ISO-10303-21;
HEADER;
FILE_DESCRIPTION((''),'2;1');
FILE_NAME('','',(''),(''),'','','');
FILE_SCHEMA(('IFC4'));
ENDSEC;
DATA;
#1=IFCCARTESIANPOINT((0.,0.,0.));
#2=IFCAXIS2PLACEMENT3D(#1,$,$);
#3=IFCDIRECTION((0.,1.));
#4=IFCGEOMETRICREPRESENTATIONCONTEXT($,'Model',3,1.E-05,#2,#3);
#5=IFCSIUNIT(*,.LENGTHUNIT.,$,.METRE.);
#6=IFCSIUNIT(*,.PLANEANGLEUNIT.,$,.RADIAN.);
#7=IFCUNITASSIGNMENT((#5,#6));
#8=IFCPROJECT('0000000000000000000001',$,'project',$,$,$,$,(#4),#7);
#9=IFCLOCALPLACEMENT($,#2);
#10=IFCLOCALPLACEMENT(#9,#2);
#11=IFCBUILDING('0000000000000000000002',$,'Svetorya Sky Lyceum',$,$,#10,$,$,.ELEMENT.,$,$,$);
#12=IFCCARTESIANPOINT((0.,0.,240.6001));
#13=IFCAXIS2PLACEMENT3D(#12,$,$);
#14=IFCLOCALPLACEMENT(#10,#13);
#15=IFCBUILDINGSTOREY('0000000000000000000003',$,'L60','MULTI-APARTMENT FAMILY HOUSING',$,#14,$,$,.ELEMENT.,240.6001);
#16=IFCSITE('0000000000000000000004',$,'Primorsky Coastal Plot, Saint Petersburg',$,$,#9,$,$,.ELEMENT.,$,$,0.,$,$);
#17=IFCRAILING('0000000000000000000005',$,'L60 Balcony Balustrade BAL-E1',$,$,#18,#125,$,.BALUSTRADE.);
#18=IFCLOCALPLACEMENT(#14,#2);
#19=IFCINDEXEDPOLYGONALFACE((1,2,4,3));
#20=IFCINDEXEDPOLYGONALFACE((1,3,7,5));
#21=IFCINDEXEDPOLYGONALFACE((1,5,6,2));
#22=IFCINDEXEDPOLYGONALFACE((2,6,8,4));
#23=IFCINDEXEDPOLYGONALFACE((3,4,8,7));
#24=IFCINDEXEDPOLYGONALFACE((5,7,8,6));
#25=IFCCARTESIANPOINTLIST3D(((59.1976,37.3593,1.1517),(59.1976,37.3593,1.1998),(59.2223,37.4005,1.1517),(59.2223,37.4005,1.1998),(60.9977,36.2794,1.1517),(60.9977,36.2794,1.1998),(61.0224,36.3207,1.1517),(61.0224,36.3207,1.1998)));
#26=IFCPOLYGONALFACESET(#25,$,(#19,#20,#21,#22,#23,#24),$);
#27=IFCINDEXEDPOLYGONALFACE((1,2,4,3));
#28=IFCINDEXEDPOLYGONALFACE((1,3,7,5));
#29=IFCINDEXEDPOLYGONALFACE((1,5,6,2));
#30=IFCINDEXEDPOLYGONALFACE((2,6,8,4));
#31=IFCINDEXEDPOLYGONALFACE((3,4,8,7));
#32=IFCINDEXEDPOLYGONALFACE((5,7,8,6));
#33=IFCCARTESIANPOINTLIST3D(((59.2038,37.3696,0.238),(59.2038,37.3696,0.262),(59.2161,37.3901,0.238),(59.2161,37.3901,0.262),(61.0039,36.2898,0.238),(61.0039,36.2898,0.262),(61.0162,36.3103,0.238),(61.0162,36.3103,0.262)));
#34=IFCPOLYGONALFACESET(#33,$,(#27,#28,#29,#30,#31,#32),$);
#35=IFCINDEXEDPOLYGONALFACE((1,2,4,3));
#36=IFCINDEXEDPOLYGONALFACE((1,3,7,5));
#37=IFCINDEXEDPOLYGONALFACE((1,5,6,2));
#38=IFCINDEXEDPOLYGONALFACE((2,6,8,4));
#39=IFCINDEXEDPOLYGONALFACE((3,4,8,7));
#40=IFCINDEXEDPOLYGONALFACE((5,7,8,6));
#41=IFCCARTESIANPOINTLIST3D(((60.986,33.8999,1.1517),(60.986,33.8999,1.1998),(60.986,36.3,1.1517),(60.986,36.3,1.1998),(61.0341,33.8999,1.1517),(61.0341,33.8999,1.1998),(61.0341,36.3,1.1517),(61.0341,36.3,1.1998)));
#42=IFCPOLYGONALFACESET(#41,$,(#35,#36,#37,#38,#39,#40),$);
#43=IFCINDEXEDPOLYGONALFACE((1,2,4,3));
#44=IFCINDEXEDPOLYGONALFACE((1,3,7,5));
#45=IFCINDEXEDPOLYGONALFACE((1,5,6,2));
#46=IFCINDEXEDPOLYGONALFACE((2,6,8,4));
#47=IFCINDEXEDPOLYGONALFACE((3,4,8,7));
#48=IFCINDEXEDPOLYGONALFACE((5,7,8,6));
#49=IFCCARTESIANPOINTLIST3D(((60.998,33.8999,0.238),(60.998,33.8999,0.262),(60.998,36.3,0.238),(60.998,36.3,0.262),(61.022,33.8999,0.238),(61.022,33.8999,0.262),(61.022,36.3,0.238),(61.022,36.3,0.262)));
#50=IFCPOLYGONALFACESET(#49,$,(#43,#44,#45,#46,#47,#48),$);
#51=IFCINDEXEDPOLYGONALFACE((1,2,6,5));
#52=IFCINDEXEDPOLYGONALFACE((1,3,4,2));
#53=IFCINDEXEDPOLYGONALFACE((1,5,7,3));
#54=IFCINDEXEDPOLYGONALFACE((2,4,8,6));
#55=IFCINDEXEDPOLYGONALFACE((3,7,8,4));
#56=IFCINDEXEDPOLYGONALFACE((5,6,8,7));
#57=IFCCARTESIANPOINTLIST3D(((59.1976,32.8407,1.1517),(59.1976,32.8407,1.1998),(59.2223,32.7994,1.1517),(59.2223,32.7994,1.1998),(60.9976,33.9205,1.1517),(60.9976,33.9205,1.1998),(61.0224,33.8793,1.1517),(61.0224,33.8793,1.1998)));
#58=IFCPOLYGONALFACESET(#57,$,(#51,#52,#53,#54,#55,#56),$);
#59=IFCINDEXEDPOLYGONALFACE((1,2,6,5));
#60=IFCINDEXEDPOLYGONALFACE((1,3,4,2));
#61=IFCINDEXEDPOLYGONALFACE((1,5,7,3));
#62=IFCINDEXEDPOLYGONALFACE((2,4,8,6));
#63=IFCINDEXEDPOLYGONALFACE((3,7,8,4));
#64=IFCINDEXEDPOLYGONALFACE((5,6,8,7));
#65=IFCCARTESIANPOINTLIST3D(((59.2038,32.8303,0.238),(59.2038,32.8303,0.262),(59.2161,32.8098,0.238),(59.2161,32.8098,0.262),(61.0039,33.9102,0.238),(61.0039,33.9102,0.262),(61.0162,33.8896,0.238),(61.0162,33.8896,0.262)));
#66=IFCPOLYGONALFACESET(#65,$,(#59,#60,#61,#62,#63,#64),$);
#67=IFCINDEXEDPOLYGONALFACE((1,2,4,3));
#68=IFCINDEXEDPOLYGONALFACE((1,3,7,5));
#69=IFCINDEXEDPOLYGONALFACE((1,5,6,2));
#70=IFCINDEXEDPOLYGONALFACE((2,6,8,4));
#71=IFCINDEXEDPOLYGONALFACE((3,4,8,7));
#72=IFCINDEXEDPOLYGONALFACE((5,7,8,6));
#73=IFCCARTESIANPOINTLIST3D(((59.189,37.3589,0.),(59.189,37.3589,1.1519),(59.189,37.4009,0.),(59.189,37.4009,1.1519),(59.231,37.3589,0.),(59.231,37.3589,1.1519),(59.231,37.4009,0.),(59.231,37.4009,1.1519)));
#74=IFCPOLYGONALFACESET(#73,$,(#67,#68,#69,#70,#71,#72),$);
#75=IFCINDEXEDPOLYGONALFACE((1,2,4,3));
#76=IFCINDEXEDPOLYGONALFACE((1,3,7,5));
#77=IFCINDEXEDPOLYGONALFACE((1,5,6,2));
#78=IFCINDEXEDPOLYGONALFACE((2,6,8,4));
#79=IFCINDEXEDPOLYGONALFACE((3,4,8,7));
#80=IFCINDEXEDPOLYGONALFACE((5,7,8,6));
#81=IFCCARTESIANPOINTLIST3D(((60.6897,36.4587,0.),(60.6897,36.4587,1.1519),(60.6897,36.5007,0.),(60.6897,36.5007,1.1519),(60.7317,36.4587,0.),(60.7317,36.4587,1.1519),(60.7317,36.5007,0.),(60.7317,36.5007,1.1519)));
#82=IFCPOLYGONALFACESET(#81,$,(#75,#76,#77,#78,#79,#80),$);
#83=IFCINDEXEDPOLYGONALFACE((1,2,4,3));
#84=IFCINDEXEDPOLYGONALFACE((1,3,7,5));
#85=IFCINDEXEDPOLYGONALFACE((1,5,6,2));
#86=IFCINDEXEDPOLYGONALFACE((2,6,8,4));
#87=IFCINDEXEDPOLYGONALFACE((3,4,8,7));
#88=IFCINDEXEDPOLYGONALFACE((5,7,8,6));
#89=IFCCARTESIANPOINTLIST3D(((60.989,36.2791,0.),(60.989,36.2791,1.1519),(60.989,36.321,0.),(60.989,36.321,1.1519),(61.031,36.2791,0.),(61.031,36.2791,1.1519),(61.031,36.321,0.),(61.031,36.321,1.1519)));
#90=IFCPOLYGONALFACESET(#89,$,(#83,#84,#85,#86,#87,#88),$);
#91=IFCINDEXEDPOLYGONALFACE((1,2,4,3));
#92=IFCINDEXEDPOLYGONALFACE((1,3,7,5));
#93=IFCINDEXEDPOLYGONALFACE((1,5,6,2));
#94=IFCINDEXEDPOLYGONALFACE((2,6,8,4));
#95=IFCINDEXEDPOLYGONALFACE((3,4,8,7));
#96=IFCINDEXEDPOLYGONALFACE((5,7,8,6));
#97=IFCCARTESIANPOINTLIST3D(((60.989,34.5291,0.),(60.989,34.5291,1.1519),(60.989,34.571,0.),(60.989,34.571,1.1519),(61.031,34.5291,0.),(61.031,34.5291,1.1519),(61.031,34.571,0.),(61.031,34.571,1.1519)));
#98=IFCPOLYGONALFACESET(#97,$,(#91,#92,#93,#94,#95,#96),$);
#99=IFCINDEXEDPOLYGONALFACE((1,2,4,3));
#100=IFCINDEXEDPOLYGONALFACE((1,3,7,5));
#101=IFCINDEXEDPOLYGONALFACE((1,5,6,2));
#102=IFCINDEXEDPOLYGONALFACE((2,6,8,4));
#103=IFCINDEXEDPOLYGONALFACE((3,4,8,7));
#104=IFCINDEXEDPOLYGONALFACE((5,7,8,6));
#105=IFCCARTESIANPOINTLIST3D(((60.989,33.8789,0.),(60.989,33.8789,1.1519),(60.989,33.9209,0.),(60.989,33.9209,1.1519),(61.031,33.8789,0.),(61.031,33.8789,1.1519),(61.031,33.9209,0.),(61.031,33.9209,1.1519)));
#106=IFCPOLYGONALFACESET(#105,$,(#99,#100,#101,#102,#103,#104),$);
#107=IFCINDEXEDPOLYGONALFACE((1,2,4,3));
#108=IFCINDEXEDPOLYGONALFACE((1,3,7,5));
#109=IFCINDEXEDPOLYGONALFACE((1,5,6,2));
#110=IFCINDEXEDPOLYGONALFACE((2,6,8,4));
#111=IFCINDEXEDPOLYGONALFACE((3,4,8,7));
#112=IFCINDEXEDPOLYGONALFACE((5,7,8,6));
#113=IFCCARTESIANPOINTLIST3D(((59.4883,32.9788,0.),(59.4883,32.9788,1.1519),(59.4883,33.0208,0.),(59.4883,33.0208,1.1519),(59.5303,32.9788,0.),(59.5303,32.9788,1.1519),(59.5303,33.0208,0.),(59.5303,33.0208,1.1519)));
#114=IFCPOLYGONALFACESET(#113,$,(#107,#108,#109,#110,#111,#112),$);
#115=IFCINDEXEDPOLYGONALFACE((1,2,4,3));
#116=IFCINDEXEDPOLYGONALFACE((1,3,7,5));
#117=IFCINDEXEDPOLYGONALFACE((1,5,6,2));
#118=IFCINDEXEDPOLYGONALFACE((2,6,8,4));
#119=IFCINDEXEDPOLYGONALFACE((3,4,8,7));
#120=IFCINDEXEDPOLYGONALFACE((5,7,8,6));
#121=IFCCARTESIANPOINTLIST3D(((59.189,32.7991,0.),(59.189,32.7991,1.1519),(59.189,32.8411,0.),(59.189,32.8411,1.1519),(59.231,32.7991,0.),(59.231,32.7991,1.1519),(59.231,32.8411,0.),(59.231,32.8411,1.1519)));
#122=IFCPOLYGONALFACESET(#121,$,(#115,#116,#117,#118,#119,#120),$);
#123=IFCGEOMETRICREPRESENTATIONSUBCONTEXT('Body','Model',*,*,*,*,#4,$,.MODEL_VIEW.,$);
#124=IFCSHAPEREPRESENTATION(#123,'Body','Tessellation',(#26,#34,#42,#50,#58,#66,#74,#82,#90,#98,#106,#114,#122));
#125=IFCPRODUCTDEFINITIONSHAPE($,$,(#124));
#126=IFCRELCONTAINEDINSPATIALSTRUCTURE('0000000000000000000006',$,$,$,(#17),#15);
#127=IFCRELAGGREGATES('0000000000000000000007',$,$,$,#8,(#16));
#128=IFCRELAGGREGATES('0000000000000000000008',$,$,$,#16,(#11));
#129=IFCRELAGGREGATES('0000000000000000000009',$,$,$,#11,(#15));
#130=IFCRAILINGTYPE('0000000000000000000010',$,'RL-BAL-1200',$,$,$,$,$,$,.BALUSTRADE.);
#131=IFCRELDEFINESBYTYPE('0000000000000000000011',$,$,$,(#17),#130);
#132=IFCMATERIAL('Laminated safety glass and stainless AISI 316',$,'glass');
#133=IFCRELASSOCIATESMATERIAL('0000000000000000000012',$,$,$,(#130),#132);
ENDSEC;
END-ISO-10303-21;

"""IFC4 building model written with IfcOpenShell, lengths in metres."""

from ifc_helpers import new_model, si_unit, direction, frame, origin, origin_2d, place, context, subcontext, project, spatial, rectangle, extrude, material, type_object, element, save


model = new_model("IFC4")

# Units and contexts
model_context = context("Model", 3, precision=1e-05, world=origin(), true_north=direction((0.0, 1.0)))
body_context = subcontext(model_context, "Body", "Model", "MODEL_VIEW")
ifc_project = project(units=[si_unit("LENGTHUNIT", "METRE"), si_unit("PLANEANGLEUNIT", "RADIAN")], contexts=[model_context])

# Site, building, storey
site_placement = place(None, origin())
site = spatial("IfcSite", under=ifc_project, at=site_placement, Name="Primorsky Coastal Plot, Saint Petersburg", CompositionType="ELEMENT", RefElevation=0.0)
building_placement = place(site_placement, origin())
building = spatial("IfcBuilding", under=site, at=building_placement, Name="Svetorya Sky Lyceum", CompositionType="ELEMENT")
storey_placement = place(building_placement, frame((0.0, 0.0, 240.6001)))
storey = spatial("IfcBuildingStorey", under=building, at=storey_placement, Name="L60", Description="MULTI-APARTMENT FAMILY HOUSING", CompositionType="ELEMENT", Elevation=240.6001)

# Railing
ifc_material_1 = material(Name="Laminated safety glass and stainless AISI 316", Category="glass")
railing_type = type_object("IfcRailingType", Name="RL-BAL-1200", PredefinedType="BALUSTRADE", material=ifc_material_1)
railing_placement = place(storey_placement, frame((59.21, 37.3799, 0.0)))
element("IfcRailing", 1, at=railing_placement, inside=storey, type_object=railing_type, Name="L60 Balcony Balustrade BAL-E1", PredefinedType="BALUSTRADE", context=body_context, shape_type="SweptSolid", body=[
    extrude(rectangle(XDim=0.0481, YDim=0.0481, at=origin_2d()), frame((0.0, 0.0, 1.1758), z_axis=(0.857534, -0.514427, 0.0), x_axis=(0.514427, 0.857534, 0.0)), (0.0, 0.0, 1.0), 2.0991),
    extrude(rectangle(XDim=0.0239, YDim=0.0239, at=origin_2d()), frame((0.0, 0.0, 0.25), z_axis=(0.857534, -0.514427, 0.0), x_axis=(0.514427, 0.857534, 0.0)), (0.0, 0.0, 1.0), 2.0991),
    extrude(rectangle(XDim=0.0481, YDim=0.0481, at=origin_2d()), frame((1.8, -1.0798, 1.1758), z_axis=(0.0, -1.0, 0.0), x_axis=(1.0, 0.0, 0.0)), (0.0, 0.0, 1.0), 2.4001),
    extrude(rectangle(XDim=0.0239, YDim=0.0239, at=origin_2d()), frame((1.8, -1.0798, 0.25), z_axis=(0.0, -1.0, 0.0), x_axis=(1.0, 0.0, 0.0)), (0.0, 0.0, 1.0), 2.4001),
    extrude(rectangle(XDim=0.0481, YDim=0.0481, at=origin_2d()), frame((1.8, -3.48, 1.1758), z_axis=(-0.857534, -0.514427, 0.0), x_axis=(0.514427, -0.857534, 0.0)), (0.0, 0.0, 1.0), 2.0991),
    extrude(rectangle(XDim=0.0239, YDim=0.0239, at=origin_2d()), frame((1.8, -3.48, 0.25), z_axis=(-0.857534, -0.514427, 0.0), x_axis=(0.514427, -0.857534, 0.0)), (0.0, 0.0, 1.0), 2.0991),
    extrude(rectangle(XDim=0.042, YDim=0.042, at=origin_2d()), origin(), (0.0, 0.0, 1.0), 1.1519),
    extrude(rectangle(XDim=0.042, YDim=0.042, at=origin_2d()), frame((1.5007, -0.9001, 0.0)), (0.0, 0.0, 1.0), 1.1519),
    extrude(rectangle(XDim=0.042, YDim=0.042, at=origin_2d()), frame((1.8, -1.0798, 0.0)), (0.0, 0.0, 1.0), 1.1519),
    extrude(rectangle(XDim=0.042, YDim=0.042, at=origin_2d()), frame((1.8, -2.8298, 0.0)), (0.0, 0.0, 1.0), 1.1519),
    extrude(rectangle(XDim=0.042, YDim=0.042, at=origin_2d()), frame((1.8, -3.48, 0.0)), (0.0, 0.0, 1.0), 1.1519),
    extrude(rectangle(XDim=0.042, YDim=0.042, at=origin_2d()), frame((0.2993, -4.3801, 0.0)), (0.0, 0.0, 1.0), 1.1519),
    extrude(rectangle(XDim=0.042, YDim=0.042, at=origin_2d()), frame((0.0, -4.5598, 0.0)), (0.0, 0.0, 1.0), 1.1519),
])

save(model, "model.ifc")
